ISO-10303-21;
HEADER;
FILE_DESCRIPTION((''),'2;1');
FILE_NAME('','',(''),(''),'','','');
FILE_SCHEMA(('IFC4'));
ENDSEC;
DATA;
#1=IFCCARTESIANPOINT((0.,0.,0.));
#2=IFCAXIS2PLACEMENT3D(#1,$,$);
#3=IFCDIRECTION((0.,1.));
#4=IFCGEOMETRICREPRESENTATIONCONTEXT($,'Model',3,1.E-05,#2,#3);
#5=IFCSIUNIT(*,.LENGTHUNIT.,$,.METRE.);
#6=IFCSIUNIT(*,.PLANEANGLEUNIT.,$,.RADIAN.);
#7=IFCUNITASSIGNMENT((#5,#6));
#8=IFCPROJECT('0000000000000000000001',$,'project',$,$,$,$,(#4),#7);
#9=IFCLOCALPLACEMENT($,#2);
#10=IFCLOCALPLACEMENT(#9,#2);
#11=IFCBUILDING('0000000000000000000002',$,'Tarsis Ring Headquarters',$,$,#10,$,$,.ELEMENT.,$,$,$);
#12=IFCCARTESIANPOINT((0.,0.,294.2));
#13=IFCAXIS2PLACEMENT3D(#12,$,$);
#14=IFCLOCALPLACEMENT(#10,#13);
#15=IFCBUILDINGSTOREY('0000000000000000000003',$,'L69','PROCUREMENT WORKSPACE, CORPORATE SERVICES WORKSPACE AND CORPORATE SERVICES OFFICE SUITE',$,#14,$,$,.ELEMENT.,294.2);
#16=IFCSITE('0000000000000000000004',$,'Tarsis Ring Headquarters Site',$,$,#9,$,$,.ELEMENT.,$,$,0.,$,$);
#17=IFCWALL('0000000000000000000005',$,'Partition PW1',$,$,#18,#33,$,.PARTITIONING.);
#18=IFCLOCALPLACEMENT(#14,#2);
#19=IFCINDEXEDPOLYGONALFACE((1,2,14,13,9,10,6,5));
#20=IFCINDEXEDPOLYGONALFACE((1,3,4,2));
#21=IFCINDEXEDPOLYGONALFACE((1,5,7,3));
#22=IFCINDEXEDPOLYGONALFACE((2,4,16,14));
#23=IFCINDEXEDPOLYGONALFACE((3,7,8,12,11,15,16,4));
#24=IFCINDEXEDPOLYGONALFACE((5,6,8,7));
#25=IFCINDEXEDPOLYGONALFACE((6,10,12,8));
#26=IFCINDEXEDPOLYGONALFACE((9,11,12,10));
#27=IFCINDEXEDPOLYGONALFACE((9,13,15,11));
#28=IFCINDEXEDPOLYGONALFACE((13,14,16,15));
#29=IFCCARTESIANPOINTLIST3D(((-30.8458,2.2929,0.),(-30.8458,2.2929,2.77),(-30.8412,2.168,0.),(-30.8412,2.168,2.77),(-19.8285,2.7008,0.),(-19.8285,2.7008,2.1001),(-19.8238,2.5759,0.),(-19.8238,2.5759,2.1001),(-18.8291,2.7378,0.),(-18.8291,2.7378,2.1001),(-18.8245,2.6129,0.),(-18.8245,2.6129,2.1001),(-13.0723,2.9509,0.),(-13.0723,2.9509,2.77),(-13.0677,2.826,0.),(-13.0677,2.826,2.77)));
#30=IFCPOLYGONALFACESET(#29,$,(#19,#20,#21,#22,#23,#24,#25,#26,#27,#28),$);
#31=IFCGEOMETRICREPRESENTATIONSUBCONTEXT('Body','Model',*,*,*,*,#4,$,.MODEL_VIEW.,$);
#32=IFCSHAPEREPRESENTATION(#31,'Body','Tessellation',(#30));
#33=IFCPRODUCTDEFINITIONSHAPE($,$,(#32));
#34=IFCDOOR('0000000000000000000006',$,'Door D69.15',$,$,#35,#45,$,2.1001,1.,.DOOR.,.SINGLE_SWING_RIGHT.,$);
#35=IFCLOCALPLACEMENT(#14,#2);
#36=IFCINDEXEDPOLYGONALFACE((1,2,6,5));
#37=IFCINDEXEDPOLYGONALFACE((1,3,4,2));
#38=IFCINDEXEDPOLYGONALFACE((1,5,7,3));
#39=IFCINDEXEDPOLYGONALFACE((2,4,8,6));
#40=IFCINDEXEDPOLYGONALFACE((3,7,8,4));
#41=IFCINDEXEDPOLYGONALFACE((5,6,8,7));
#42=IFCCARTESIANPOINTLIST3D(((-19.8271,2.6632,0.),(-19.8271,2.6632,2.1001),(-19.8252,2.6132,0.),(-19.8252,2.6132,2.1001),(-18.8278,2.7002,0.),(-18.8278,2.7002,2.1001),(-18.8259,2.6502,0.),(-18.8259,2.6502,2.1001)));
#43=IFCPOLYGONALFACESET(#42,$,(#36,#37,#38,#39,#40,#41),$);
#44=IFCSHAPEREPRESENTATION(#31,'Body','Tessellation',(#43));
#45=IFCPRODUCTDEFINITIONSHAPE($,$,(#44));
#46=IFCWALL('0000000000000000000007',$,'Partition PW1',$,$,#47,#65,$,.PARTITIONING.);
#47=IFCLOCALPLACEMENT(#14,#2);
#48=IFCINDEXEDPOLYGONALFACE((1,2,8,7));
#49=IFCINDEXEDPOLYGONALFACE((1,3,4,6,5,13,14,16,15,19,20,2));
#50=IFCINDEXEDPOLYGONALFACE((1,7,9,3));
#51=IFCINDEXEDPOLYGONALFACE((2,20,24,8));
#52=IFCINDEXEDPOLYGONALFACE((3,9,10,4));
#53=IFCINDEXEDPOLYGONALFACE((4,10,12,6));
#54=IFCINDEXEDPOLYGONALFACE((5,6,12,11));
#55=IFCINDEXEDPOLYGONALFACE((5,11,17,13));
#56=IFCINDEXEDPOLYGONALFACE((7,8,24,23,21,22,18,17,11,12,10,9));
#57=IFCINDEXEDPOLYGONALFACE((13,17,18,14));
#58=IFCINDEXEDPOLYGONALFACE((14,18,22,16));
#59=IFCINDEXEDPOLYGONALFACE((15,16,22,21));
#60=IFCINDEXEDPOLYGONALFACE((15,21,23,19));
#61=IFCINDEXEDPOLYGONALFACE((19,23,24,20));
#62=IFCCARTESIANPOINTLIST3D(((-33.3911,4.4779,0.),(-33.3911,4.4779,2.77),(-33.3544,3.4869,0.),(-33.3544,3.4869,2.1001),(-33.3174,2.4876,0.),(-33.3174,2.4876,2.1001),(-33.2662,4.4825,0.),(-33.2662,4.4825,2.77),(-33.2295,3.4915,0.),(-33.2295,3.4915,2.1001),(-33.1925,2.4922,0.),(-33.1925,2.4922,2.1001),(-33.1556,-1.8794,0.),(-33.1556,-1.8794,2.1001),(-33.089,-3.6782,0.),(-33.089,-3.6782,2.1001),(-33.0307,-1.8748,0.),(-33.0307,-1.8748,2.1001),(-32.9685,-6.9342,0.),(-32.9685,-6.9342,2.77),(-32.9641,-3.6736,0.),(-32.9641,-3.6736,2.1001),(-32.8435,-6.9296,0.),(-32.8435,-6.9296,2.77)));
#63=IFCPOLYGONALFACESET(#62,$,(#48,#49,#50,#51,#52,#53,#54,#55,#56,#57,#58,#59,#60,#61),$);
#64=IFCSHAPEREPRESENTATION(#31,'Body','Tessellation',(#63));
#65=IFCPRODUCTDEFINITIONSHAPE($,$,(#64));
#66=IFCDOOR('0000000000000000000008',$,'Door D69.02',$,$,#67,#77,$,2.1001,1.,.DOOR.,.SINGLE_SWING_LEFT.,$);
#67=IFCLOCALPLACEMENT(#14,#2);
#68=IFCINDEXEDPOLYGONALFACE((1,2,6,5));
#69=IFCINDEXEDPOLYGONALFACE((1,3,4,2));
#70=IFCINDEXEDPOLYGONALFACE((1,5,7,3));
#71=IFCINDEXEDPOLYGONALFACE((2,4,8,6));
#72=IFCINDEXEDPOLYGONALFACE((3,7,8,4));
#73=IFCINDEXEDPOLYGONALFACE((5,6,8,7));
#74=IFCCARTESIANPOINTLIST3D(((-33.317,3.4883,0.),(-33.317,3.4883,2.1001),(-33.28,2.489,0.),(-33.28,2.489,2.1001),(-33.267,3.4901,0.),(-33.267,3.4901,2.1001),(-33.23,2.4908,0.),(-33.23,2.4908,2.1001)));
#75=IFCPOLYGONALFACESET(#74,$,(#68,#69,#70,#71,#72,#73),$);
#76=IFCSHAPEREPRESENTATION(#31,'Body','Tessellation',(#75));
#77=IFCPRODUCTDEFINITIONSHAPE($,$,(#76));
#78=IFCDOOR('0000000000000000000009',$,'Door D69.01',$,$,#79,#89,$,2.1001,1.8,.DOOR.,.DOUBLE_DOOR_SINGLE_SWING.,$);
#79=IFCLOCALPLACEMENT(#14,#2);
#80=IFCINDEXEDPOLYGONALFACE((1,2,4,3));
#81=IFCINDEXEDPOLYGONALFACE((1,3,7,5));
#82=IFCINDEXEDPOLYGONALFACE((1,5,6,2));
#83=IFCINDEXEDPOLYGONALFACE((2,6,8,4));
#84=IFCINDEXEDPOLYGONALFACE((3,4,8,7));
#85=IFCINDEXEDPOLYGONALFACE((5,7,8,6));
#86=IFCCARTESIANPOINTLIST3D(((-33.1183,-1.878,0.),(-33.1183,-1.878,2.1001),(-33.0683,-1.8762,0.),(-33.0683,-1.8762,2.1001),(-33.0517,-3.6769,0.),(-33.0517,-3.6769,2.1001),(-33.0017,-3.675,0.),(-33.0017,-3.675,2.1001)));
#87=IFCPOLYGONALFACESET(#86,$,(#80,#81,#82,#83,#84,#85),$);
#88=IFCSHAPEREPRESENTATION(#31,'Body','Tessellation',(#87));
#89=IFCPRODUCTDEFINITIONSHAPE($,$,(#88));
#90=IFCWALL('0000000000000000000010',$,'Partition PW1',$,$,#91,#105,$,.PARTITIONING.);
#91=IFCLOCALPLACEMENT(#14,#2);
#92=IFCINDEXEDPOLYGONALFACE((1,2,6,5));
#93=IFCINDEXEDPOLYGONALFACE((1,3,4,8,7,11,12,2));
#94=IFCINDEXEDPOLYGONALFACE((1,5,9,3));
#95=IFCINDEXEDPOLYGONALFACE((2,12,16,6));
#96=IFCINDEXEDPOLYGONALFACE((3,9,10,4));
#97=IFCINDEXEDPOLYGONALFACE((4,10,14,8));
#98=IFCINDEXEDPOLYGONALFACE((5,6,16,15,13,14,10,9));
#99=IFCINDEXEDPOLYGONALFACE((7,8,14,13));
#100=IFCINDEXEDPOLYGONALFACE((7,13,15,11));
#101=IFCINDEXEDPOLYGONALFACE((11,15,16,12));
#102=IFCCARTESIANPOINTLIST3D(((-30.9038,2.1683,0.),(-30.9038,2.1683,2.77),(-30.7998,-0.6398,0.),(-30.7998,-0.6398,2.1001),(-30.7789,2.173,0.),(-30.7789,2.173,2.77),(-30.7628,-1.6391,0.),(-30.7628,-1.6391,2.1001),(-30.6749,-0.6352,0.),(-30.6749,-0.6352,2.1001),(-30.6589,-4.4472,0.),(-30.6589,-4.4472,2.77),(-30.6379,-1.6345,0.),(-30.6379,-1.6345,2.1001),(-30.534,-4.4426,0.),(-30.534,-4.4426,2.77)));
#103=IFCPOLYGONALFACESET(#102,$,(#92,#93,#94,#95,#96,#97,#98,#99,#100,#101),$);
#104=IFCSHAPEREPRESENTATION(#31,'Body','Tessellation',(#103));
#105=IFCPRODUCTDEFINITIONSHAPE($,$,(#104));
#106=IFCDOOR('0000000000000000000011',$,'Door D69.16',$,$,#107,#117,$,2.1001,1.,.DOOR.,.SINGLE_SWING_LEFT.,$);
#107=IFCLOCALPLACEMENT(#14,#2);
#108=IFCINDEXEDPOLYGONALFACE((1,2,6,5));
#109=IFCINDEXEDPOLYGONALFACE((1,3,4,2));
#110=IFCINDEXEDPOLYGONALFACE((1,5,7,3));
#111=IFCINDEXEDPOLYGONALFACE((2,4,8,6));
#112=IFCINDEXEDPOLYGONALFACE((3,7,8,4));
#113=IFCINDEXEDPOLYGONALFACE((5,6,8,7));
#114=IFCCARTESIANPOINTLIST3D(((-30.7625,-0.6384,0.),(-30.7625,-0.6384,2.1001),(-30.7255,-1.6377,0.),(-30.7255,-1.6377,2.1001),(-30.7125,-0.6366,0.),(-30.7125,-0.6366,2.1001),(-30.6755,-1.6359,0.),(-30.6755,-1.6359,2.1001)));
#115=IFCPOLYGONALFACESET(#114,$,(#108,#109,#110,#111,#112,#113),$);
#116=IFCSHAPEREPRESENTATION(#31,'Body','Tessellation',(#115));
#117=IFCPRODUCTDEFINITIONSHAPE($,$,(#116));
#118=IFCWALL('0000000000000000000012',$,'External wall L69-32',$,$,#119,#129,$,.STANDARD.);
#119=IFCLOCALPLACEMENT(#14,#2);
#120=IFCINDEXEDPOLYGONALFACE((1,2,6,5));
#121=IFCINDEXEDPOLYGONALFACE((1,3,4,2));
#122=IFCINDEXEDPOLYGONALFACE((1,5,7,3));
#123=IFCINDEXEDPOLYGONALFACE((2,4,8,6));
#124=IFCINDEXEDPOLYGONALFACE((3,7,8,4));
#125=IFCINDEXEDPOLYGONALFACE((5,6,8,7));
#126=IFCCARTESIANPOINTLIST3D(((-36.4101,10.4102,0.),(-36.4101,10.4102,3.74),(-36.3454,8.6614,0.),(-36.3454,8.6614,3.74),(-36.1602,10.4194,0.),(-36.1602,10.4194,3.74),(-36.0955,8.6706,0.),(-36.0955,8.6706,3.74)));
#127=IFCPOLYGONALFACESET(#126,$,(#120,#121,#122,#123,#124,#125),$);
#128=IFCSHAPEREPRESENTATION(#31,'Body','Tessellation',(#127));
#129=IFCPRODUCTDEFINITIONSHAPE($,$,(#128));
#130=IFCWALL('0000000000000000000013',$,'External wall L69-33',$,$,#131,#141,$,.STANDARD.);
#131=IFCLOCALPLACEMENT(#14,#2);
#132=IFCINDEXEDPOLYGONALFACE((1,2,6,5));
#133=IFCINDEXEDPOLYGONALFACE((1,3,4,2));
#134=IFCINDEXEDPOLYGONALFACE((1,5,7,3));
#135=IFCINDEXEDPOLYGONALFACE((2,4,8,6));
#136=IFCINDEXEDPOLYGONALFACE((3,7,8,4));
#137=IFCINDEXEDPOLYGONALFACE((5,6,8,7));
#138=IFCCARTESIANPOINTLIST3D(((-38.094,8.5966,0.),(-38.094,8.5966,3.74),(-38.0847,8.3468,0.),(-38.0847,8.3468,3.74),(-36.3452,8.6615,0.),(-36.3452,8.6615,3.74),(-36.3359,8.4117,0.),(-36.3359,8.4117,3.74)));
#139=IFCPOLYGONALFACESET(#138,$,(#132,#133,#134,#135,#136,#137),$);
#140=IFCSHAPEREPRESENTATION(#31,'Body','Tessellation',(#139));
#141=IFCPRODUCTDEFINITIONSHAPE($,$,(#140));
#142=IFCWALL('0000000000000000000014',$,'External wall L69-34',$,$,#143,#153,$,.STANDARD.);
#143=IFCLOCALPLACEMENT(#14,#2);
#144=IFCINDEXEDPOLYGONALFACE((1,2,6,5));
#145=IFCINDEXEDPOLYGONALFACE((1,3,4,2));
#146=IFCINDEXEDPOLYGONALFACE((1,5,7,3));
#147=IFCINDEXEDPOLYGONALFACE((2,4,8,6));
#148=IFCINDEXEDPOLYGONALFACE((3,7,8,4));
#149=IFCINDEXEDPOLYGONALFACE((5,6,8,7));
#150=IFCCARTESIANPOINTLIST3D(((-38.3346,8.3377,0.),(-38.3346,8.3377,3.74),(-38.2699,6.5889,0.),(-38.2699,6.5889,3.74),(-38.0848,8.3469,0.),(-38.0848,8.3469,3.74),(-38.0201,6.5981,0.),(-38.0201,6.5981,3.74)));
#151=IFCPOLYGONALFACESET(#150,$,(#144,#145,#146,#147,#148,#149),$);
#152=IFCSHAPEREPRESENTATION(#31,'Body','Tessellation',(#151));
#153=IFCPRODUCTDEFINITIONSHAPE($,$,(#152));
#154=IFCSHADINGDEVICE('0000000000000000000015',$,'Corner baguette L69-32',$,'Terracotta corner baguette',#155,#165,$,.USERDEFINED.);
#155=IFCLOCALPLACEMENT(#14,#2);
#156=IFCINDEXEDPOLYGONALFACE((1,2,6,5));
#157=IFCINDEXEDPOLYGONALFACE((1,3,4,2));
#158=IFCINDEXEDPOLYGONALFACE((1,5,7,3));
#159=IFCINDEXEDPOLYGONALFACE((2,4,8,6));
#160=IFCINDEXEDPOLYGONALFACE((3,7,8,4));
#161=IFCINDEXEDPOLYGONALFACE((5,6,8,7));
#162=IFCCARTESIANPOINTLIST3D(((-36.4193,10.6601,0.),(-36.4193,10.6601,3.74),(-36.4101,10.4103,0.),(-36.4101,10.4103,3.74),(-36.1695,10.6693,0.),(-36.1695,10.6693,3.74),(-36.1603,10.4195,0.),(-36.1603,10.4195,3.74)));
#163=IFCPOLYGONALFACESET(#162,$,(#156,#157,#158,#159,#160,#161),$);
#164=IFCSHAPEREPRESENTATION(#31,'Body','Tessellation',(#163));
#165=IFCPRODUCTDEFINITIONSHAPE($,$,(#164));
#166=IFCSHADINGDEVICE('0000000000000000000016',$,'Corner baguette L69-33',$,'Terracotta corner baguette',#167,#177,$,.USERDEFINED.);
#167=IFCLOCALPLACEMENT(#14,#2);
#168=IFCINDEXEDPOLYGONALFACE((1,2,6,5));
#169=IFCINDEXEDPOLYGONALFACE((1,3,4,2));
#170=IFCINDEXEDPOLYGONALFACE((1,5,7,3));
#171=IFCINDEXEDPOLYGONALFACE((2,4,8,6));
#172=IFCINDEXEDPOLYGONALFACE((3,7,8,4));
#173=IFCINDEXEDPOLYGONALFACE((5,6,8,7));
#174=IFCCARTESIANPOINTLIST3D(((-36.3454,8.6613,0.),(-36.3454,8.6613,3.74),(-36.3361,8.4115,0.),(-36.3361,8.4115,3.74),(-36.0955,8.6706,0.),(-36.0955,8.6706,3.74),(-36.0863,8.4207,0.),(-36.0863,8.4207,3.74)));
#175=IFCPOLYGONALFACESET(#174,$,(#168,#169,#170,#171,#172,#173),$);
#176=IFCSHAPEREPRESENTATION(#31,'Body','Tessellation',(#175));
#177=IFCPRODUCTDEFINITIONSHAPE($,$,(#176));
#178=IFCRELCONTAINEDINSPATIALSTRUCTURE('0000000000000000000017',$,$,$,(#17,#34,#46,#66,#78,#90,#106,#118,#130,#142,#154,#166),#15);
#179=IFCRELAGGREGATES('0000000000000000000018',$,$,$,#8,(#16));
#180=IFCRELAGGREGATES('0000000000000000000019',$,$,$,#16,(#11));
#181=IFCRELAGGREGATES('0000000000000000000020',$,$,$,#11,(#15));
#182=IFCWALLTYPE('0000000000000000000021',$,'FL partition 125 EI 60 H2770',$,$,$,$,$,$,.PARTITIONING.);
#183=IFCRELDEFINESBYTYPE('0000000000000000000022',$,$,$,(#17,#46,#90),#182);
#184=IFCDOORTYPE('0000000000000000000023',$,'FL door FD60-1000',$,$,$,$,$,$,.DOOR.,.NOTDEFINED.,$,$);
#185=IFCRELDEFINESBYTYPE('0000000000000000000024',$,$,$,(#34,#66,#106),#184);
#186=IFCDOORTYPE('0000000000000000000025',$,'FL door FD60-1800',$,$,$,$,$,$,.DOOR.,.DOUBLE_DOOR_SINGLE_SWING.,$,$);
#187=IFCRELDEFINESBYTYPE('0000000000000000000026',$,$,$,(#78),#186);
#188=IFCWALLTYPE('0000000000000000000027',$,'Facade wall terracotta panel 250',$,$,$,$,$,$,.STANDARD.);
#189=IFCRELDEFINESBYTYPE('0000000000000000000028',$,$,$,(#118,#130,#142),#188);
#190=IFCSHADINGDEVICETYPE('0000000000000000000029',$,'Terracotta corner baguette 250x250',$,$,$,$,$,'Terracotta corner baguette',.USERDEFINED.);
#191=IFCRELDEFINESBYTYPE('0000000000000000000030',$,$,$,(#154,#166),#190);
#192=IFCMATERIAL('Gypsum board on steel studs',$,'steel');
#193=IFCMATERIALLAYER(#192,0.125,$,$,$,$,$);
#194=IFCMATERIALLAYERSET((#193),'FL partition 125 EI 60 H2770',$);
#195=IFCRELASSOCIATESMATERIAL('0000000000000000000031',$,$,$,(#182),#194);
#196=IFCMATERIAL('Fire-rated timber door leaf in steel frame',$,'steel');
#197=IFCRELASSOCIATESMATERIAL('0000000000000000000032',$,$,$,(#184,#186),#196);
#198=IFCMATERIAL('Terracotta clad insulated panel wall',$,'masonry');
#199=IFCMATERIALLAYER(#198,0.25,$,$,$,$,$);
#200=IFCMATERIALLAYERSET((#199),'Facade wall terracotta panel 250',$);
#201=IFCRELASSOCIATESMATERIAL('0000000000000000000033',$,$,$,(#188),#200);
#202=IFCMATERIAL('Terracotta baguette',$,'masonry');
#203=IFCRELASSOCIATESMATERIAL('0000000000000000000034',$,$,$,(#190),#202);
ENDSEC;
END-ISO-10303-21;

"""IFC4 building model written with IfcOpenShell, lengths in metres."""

from ifc_helpers import new_model, si_unit, direction, frame, frame_2d, origin, origin_2d, place, context, subcontext, project, spatial, rectangle, extrude, material, layer, layer_set, type_object, element, fill, save


model = new_model("IFC4")

# Units and contexts
model_context = context("Model", 3, precision=1e-05, world=origin(), true_north=direction((0.0, 1.0)))
body_context = subcontext(model_context, "Body", "Model", "MODEL_VIEW")
ifc_project = project(units=[si_unit("LENGTHUNIT", "METRE"), si_unit("PLANEANGLEUNIT", "RADIAN")], contexts=[model_context])

# Site, building, storey
site_placement = place(None, origin())
site = spatial("IfcSite", under=ifc_project, at=site_placement, Name="Tarsis Ring Headquarters Site", CompositionType="ELEMENT", RefElevation=0.0)
building_placement = place(site_placement, origin())
building = spatial("IfcBuilding", under=site, at=building_placement, Name="Tarsis Ring Headquarters", CompositionType="ELEMENT")
storey_placement = place(building_placement, frame((0.0, 0.0, 294.2)))
storey = spatial("IfcBuildingStorey", under=building, at=storey_placement, Name="L69", Description="PROCUREMENT WORKSPACE, CORPORATE SERVICES WORKSPACE AND CORPORATE SERVICES OFFICE SUITE", CompositionType="ELEMENT", Elevation=294.2)

# Shared definitions
ifc_material_1 = material(Name="Gypsum board on steel studs", Category="steel")
ifc_layer_1 = layer(ifc_material_1, 0.125)
ifc_layer_set_1 = layer_set([ifc_layer_1], Name="FL partition 125 EI 60 H2770")
wall_type_1 = type_object("IfcWallType", Name="FL partition 125 EI 60 H2770", PredefinedType="PARTITIONING", material=ifc_layer_set_1)

# Wall, opening, door
wall_1_placement = place(storey_placement, frame((-30.8435, 2.2305, 0.0), z_axis=(0.0, 0.0, 1.0), x_axis=(0.999315, 0.036994, 0.0)))
wall_1 = element("IfcWall", 1, at=wall_1_placement, inside=storey, type_object=wall_type_1, Name="Partition PW1", PredefinedType="PARTITIONING", context=body_context, shape_type="SweptSolid", body=[
    extrude(rectangle(XDim=17.7856, YDim=0.125, at=frame_2d((8.8928, 0.0))), origin(), (0.0, 0.0, 1.0), 2.77),
])
opening_1_placement = place(wall_1_placement, frame((11.0249, 0.0, 0.0)))
opening_1 = element("IfcOpeningElement", 2, at=opening_1_placement, cuts=wall_1, PredefinedType="OPENING", context=body_context, shape_type="SweptSolid", body=[
    extrude(rectangle(XDim=1.0, YDim=2.1001, at=frame_2d((0.5, 1.05))), frame((0.0, 0.0725, 0.0), z_axis=(0.0, -1.0, 0.0), x_axis=(1.0, 0.0, 0.0)), (0.0, 0.0, 1.0), 0.145),
])
ifc_material_2 = material(Name="Fire-rated timber door leaf in steel frame", Category="steel")
door_type_1 = type_object("IfcDoorType", Name="FL door FD60-1000", OperationType="NOTDEFINED", PredefinedType="DOOR", material=ifc_material_2)
door_1_placement = place(opening_1_placement, origin())
door_1 = element("IfcDoor", 3, at=door_1_placement, inside=storey, type_object=door_type_1, Name="Door D69.15", OperationType="SINGLE_SWING_RIGHT", OverallHeight=2.1001, OverallWidth=1.0, PredefinedType="DOOR", context=body_context, shape_type="SweptSolid", body=[
    extrude(rectangle(XDim=1.0, YDim=2.1001, at=frame_2d((0.5, 1.05))), frame((0.0, 0.0249, 0.0), z_axis=(0.0, -1.0, 0.0), x_axis=(1.0, 0.0, 0.0)), (0.0, 0.0, 1.0), 0.05),
])
fill(opening_1, door_1)

# Wall, openings, doors
wall_2_placement = place(storey_placement, frame((-33.3286, 4.4802, 0.0), z_axis=(0.0, 0.0, 1.0), x_axis=(0.037006, -0.999315, 0.0)))
wall_2 = element("IfcWall", 4, at=wall_2_placement, inside=storey, type_object=wall_type_1, Name="Partition PW1", PredefinedType="PARTITIONING", context=body_context, shape_type="SweptSolid", body=[
    extrude(rectangle(XDim=11.4199, YDim=0.125, at=frame_2d((5.71, 0.0))), origin(), (0.0, 0.0, 1.0), 2.77),
])
opening_2_placement = place(wall_2_placement, frame((6.3618, 0.0, 0.0)))
opening_2 = element("IfcOpeningElement", 5, at=opening_2_placement, cuts=wall_2, PredefinedType="OPENING", context=body_context, shape_type="SweptSolid", body=[
    extrude(rectangle(XDim=1.8, YDim=2.1001, at=frame_2d((0.8999, 1.05))), frame((0.0, 0.0725, 0.0), z_axis=(0.0, -1.0, 0.0), x_axis=(1.0, 0.0, 0.0)), (0.0, 0.0, 1.0), 0.145),
])
opening_3_placement = place(wall_2_placement, frame((0.9917, 0.0, 0.0)))
opening_3 = element("IfcOpeningElement", 6, at=opening_3_placement, cuts=wall_2, PredefinedType="OPENING", context=body_context, shape_type="SweptSolid", body=[
    extrude(rectangle(XDim=1.0, YDim=2.1001, at=frame_2d((0.5, 1.05))), frame((0.0, 0.0725, 0.0), z_axis=(0.0, -1.0, 0.0), x_axis=(1.0, 0.0, 0.0)), (0.0, 0.0, 1.0), 0.145),
])
door_2_placement = place(opening_3_placement, origin())
door_2 = element("IfcDoor", 7, at=door_2_placement, inside=storey, type_object=door_type_1, Name="Door D69.02", OperationType="SINGLE_SWING_LEFT", OverallHeight=2.1001, OverallWidth=1.0, PredefinedType="DOOR", context=body_context, shape_type="SweptSolid", body=[
    extrude(rectangle(XDim=1.0, YDim=2.1001, at=frame_2d((0.5, 1.05))), frame((0.0, 0.0249, 0.0), z_axis=(0.0, -1.0, 0.0), x_axis=(1.0, 0.0, 0.0)), (0.0, 0.0, 1.0), 0.05),
])
fill(opening_3, door_2)
door_type_2 = type_object("IfcDoorType", Name="FL door FD60-1800", OperationType="DOUBLE_DOOR_SINGLE_SWING", PredefinedType="DOOR", material=ifc_material_2)
door_3_placement = place(opening_2_placement, origin())
door_3 = element("IfcDoor", 8, at=door_3_placement, inside=storey, type_object=door_type_2, Name="Door D69.01", OperationType="DOUBLE_DOOR_SINGLE_SWING", OverallHeight=2.1001, OverallWidth=1.8, PredefinedType="DOOR", context=body_context, shape_type="SweptSolid", body=[
    extrude(rectangle(XDim=1.8, YDim=2.1001, at=frame_2d((0.8999, 1.05))), frame((0.0, 0.0249, 0.0), z_axis=(0.0, -1.0, 0.0), x_axis=(1.0, 0.0, 0.0)), (0.0, 0.0, 1.0), 0.05),
])
fill(opening_2, door_3)

# Wall, opening, door
wall_3_placement = place(storey_placement, frame((-30.8413, 2.1707, 0.0), z_axis=(0.0, 0.0, 1.0), x_axis=(0.03699, -0.999316, 0.0)))
wall_3 = element("IfcWall", 9, at=wall_3_placement, inside=storey, type_object=wall_type_1, Name="Partition PW1", PredefinedType="PARTITIONING", context=body_context, shape_type="SweptSolid", body=[
    extrude(rectangle(XDim=6.6201, YDim=0.125, at=frame_2d((3.3101, 0.0))), origin(), (0.0, 0.0, 1.0), 2.77),
])
opening_4_placement = place(wall_3_placement, frame((2.8101, 0.0, 0.0)))
opening_4 = element("IfcOpeningElement", 10, at=opening_4_placement, cuts=wall_3, PredefinedType="OPENING", context=body_context, shape_type="SweptSolid", body=[
    extrude(rectangle(XDim=1.0, YDim=2.1001, at=frame_2d((0.5, 1.05))), frame((0.0, 0.0725, 0.0), z_axis=(0.0, -1.0, 0.0), x_axis=(1.0, 0.0, 0.0)), (0.0, 0.0, 1.0), 0.145),
])
door_4_placement = place(opening_4_placement, origin())
door_4 = element("IfcDoor", 11, at=door_4_placement, inside=storey, type_object=door_type_1, Name="Door D69.16", OperationType="SINGLE_SWING_LEFT", OverallHeight=2.1001, OverallWidth=1.0, PredefinedType="DOOR", context=body_context, shape_type="SweptSolid", body=[
    extrude(rectangle(XDim=1.0, YDim=2.1001, at=frame_2d((0.5, 1.05))), frame((0.0, 0.0249, 0.0), z_axis=(0.0, -1.0, 0.0), x_axis=(1.0, 0.0, 0.0)), (0.0, 0.0, 1.0), 0.05),
])
fill(opening_4, door_4)

# Walls
ifc_material_3 = material(Name="Terracotta clad insulated panel wall", Category="masonry")
ifc_layer_2 = layer(ifc_material_3, 0.25)
ifc_layer_set_2 = layer_set([ifc_layer_2], Name="Facade wall terracotta panel 250")
wall_type_2 = type_object("IfcWallType", Name="Facade wall terracotta panel 250", PredefinedType="STANDARD", material=ifc_layer_set_2)
for number, where, z_axis, x_axis, name in (
    (12, (-36.2852, 10.4148, 0.0), (0.0, 0.0, 1.0), (0.03697, -0.999316, 0.0), "External wall L69-32"),
    (13, (-36.3406, 8.5366, 0.0), (0.0, 0.0, 1.0), (-0.999311, -0.03711, 0.0), "External wall L69-33"),
    (14, (-38.2097, 8.3423, 0.0), (0.0, 0.0, 1.0), (0.03697, -0.999316, 0.0), "External wall L69-34"),
):
    element("IfcWall", number, at=place(storey_placement, frame(where, z_axis=z_axis, x_axis=x_axis)), inside=storey, type_object=wall_type_2, Name=name, PredefinedType="STANDARD", context=body_context, shape_type="SweptSolid", body=[
        extrude(rectangle(XDim=1.75, YDim=0.25, at=frame_2d((0.875, 0.0))), origin(), (0.0, 0.0, 1.0), 3.74),
    ])

# Shading devices
ifc_material_4 = material(Name="Terracotta baguette", Category="masonry")
shading_device_type_1 = type_object("IfcShadingDeviceType", Name="Terracotta corner baguette 250x250", ElementType="Terracotta corner baguette", PredefinedType="USERDEFINED", material=ifc_material_4)
for number, where, z_axis, x_axis, name in (
    (15, (-36.2898, 10.5398, 0.0), (0.0, 0.0, 1.0), (-0.999316, -0.036993, 0.0), "Corner baguette L69-32"),
    (16, (-36.2158, 8.541, 0.0), (0.0, 0.0, 1.0), (0.036993, -0.999316, 0.0), "Corner baguette L69-33"),
):
    element("IfcShadingDevice", number, at=place(storey_placement, frame(where, z_axis=z_axis, x_axis=x_axis)), inside=storey, type_object=shading_device_type_1, Name=name, ObjectType="Terracotta corner baguette", PredefinedType="USERDEFINED", context=body_context, shape_type="SweptSolid", body=[
        extrude(rectangle(XDim=0.25, YDim=0.25, at=origin_2d()), origin(), (0.0, 0.0, 1.0), 3.74),
    ])

save(model, "model.ifc")
